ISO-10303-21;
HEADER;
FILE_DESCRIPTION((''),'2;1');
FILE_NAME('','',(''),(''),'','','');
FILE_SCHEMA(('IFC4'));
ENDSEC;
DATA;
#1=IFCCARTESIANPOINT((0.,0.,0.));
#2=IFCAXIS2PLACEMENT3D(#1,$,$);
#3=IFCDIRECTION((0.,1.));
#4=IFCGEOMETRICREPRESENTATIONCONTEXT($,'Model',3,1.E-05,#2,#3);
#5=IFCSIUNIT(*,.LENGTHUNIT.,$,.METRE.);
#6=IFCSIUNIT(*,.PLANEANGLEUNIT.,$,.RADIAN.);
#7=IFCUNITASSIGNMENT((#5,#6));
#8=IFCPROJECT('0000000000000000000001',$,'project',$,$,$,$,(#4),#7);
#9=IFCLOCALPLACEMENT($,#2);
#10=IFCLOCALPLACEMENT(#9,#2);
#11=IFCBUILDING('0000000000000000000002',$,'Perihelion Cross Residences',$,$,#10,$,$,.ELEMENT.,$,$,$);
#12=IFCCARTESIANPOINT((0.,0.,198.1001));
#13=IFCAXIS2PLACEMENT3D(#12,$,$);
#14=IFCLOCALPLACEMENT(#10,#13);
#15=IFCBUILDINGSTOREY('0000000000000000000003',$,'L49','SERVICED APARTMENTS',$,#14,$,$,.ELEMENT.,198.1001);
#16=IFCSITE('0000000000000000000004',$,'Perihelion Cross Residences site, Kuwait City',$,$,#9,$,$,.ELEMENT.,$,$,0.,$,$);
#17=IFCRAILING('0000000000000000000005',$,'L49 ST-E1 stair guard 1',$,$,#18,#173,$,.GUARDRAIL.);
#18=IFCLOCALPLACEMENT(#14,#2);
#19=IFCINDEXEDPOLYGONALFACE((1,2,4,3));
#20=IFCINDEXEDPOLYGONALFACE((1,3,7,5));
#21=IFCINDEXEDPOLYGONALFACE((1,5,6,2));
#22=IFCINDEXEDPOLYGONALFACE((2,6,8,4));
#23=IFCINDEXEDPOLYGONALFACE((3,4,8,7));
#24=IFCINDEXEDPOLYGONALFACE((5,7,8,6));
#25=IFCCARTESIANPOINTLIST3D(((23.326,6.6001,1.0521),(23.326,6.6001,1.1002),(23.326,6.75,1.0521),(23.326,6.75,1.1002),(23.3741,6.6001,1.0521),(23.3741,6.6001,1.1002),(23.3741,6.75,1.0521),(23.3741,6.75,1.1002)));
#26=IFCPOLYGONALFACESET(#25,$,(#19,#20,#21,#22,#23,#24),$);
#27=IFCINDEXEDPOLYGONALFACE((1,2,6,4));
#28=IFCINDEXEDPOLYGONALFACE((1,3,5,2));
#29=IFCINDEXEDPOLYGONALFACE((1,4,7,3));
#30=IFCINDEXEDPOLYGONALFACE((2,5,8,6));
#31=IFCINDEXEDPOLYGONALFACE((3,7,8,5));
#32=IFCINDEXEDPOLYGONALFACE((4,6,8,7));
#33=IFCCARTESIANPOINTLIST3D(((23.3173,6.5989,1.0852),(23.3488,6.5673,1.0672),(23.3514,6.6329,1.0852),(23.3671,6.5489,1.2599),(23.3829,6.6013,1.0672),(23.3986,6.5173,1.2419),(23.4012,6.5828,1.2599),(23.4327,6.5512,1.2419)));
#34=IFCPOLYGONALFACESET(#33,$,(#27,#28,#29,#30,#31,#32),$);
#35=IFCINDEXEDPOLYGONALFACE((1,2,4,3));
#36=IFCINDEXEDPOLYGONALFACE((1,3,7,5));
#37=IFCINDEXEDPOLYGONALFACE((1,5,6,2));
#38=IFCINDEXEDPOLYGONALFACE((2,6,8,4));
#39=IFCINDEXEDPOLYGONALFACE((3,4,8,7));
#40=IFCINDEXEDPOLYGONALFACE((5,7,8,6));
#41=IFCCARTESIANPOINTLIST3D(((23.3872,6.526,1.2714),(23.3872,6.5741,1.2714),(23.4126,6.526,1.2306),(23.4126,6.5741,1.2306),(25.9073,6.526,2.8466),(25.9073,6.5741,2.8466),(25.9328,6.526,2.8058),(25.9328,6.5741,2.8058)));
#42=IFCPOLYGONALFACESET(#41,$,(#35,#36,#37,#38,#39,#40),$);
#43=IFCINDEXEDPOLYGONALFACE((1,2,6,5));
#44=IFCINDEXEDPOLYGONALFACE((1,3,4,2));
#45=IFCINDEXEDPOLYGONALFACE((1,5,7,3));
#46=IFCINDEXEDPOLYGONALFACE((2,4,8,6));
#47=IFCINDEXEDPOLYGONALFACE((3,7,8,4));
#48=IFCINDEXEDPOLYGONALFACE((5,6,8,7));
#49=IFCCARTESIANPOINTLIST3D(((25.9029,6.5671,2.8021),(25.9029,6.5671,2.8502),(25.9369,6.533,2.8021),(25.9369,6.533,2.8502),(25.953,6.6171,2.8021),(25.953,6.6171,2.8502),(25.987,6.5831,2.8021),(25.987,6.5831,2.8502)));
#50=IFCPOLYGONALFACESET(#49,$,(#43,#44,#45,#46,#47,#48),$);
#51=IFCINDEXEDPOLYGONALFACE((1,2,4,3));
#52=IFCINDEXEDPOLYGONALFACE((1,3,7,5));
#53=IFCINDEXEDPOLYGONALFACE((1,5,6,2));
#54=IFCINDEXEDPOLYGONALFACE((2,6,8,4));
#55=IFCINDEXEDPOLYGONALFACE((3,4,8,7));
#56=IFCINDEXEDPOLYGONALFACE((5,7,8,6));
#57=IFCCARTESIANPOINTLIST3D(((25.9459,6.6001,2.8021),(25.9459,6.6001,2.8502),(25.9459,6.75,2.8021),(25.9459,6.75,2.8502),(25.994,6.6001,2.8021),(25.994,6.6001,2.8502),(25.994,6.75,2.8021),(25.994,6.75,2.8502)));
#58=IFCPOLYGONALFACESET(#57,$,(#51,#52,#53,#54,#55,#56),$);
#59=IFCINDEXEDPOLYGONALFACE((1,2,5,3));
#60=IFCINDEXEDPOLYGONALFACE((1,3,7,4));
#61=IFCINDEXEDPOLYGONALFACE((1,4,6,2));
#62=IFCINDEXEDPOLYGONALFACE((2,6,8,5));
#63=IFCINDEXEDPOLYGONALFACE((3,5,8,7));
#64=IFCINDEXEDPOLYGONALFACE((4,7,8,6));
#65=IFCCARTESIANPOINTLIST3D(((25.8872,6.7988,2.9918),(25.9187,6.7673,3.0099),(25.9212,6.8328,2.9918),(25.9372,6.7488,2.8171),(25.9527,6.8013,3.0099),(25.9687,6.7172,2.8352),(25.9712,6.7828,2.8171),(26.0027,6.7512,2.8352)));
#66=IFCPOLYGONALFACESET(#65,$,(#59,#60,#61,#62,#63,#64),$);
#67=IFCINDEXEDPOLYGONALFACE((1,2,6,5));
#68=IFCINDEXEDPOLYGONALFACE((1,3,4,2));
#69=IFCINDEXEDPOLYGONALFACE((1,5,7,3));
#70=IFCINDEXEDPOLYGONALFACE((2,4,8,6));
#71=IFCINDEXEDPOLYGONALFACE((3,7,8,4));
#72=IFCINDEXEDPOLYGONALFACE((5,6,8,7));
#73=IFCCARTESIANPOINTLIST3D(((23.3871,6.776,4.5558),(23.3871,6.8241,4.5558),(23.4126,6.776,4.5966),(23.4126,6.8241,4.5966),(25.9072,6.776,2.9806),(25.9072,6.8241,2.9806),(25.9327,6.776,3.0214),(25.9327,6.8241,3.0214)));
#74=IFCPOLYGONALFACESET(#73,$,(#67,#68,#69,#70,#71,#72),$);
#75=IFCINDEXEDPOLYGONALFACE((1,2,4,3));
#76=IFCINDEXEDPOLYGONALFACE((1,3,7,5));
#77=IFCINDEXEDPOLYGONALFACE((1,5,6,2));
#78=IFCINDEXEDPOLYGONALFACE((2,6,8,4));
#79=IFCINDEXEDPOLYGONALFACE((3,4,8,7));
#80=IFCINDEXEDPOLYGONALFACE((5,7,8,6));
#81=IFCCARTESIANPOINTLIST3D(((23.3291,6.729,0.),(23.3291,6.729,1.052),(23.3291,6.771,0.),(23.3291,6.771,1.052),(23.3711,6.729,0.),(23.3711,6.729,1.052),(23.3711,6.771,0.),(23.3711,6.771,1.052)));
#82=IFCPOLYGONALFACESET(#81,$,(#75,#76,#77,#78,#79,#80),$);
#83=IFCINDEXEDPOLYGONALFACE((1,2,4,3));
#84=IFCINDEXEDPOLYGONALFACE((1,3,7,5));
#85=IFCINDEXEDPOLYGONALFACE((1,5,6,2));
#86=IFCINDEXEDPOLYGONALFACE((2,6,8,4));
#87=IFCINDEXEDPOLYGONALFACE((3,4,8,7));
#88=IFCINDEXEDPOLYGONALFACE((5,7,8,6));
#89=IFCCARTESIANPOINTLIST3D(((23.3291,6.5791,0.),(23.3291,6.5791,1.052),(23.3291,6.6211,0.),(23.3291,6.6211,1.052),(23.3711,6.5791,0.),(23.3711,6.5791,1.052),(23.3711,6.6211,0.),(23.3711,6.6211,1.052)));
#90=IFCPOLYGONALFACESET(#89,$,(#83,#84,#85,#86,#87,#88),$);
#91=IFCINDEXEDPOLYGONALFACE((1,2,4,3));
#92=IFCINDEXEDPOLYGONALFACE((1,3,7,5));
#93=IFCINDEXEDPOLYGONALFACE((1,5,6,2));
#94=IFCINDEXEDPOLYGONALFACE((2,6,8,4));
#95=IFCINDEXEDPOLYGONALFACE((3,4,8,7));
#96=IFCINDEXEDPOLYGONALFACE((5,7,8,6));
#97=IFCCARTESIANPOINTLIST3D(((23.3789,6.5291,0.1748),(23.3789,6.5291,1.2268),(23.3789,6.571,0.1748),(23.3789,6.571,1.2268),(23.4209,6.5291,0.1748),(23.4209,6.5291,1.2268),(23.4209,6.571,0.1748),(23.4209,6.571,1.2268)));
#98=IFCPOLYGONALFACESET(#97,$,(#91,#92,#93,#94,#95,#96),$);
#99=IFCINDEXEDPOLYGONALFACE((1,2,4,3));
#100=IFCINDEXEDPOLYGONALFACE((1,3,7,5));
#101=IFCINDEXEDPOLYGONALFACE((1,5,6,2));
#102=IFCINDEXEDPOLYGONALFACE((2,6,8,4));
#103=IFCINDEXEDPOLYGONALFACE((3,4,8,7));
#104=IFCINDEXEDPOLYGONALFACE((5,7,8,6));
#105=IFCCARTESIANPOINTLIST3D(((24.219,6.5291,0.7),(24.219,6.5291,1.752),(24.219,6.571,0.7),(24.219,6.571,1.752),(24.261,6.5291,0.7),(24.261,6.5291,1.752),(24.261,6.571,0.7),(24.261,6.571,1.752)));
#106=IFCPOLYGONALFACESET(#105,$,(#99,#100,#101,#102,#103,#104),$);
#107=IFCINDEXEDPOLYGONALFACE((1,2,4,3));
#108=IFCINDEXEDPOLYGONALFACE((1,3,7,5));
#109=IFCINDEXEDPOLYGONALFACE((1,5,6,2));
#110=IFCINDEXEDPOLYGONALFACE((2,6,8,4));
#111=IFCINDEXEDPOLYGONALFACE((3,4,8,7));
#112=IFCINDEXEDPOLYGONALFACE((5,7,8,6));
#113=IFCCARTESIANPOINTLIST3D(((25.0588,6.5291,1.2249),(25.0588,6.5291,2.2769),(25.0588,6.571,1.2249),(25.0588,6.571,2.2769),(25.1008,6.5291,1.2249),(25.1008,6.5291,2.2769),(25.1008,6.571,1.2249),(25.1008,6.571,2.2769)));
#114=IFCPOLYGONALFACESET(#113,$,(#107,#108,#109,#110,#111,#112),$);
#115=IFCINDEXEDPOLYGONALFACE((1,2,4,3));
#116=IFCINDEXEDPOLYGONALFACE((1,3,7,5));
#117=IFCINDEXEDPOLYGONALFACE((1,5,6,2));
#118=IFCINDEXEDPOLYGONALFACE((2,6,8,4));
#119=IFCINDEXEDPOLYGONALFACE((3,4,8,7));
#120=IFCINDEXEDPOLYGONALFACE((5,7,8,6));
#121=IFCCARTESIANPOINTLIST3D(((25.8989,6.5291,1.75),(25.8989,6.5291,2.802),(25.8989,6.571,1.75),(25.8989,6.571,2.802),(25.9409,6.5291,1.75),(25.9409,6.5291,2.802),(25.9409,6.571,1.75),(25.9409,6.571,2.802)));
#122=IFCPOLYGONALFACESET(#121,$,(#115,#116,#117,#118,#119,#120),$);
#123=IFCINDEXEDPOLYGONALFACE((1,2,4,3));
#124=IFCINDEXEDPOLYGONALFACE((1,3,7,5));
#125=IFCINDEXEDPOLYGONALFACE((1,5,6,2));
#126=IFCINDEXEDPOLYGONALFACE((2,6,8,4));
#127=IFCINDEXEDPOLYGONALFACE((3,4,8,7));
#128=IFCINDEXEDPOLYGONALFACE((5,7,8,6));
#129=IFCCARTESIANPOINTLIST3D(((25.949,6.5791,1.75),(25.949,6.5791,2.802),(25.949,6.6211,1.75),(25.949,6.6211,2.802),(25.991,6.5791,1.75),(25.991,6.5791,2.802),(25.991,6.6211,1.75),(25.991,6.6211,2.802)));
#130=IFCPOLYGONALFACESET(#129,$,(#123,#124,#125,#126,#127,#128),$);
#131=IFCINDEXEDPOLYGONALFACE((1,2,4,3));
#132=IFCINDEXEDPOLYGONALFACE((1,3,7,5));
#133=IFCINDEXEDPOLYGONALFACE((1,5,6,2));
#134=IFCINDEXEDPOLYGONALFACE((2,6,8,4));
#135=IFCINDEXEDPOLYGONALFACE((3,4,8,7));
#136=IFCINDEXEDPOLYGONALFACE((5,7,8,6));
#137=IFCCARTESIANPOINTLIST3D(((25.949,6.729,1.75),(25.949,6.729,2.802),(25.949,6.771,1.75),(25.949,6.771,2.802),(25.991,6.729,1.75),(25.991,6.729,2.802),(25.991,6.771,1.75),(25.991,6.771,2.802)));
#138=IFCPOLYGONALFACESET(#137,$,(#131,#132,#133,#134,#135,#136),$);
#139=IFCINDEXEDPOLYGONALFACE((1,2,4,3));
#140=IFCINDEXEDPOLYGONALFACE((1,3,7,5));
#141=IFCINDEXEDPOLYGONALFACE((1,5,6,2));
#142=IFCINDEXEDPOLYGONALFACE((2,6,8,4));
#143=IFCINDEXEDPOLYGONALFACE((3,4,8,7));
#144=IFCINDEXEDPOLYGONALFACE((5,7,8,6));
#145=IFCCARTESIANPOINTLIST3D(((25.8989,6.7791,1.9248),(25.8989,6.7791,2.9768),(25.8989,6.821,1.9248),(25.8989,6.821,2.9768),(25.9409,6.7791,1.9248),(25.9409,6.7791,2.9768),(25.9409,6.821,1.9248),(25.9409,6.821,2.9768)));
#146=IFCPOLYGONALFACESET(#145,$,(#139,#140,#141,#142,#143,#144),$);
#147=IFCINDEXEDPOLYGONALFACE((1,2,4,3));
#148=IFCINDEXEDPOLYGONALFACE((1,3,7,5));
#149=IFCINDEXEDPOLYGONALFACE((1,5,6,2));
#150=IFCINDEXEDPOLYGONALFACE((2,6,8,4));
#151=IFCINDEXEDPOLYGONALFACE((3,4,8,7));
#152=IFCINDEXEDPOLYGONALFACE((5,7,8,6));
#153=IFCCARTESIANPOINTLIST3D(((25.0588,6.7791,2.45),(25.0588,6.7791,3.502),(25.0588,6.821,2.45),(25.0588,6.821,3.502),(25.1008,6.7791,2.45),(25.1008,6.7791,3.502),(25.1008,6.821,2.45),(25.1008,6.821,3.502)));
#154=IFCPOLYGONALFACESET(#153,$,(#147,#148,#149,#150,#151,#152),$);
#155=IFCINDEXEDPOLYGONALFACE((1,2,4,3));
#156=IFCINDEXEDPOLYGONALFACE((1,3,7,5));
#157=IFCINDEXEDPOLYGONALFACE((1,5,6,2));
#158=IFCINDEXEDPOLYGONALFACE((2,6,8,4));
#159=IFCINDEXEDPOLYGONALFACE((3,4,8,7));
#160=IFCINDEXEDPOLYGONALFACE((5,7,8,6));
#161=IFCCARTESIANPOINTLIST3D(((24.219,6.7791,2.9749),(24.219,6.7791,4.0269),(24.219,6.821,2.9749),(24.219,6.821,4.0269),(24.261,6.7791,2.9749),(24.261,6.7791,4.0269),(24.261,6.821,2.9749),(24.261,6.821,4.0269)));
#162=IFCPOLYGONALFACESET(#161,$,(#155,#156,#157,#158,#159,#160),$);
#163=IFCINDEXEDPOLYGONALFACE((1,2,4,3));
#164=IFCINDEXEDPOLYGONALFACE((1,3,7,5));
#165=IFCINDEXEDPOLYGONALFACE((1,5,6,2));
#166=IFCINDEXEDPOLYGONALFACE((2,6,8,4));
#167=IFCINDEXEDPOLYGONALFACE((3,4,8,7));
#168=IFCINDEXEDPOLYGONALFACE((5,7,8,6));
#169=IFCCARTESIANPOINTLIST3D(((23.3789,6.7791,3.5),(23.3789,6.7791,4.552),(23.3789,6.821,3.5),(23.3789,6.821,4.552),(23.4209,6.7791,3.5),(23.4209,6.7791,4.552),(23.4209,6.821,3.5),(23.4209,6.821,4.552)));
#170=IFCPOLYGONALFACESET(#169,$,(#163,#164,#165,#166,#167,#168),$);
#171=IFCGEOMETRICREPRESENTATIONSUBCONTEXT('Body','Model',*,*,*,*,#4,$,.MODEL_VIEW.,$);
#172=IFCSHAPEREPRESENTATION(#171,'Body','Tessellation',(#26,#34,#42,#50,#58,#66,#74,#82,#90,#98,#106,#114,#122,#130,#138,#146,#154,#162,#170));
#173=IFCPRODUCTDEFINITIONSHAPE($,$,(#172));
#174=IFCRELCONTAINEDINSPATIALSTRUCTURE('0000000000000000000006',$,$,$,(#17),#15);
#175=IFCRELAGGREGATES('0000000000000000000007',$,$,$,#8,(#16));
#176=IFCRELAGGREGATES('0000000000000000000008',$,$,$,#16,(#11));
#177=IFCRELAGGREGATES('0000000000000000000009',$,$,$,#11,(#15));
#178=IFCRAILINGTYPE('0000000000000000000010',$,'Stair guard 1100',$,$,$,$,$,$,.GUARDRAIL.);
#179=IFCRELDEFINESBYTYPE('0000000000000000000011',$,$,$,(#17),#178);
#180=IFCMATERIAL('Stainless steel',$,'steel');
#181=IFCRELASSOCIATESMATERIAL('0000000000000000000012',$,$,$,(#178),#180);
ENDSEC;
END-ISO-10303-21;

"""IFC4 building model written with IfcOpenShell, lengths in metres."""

from ifc_helpers import new_model, si_unit, direction, frame, origin, origin_2d, place, context, subcontext, project, spatial, rectangle, extrude, material, type_object, element, save


model = new_model("IFC4")

# Units and contexts
model_context = context("Model", 3, precision=1e-05, world=origin(), true_north=direction((0.0, 1.0)))
body_context = subcontext(model_context, "Body", "Model", "MODEL_VIEW")
ifc_project = project(units=[si_unit("LENGTHUNIT", "METRE"), si_unit("PLANEANGLEUNIT", "RADIAN")], contexts=[model_context])

# Site, building, storey
site_placement = place(None, origin())
site = spatial("IfcSite", under=ifc_project, at=site_placement, Name="Perihelion Cross Residences site, Kuwait City", CompositionType="ELEMENT", RefElevation=0.0)
building_placement = place(site_placement, origin())
building = spatial("IfcBuilding", under=site, at=building_placement, Name="Perihelion Cross Residences", CompositionType="ELEMENT")
storey_placement = place(building_placement, frame((0.0, 0.0, 198.1001)))
storey = spatial("IfcBuildingStorey", under=building, at=storey_placement, Name="L49", Description="SERVICED APARTMENTS", CompositionType="ELEMENT", Elevation=198.1001)

# Railing
ifc_material_1 = material(Name="Stainless steel", Category="steel")
railing_type_1 = type_object("IfcRailingType", Name="Stair guard 1100", PredefinedType="GUARDRAIL", material=ifc_material_1)
railing_1_placement = place(storey_placement, frame((23.3501, 6.75, 0.0)))
element("IfcRailing", 1, at=railing_1_placement, inside=storey, type_object=railing_type_1, Name="L49 ST-E1 stair guard 1", PredefinedType="GUARDRAIL", context=body_context, shape_type="SweptSolid", body=[
    extrude(rectangle(XDim=0.0481, YDim=0.0481, at=origin_2d()), frame((0.0, 0.0, 1.0762), z_axis=(0.0, -1.0, 0.0), x_axis=(1.0, 0.0, 0.0)), (0.0, 0.0, 1.0), 0.1499),
    extrude(rectangle(XDim=0.0481, YDim=0.0481, at=origin_2d()), frame((0.0, -0.1499, 1.0762), z_axis=(0.264179, -0.265474, 0.927218), x_axis=(0.708834, 0.705376, 0.0)), (0.0, 0.0, 1.0), 0.1885),
    extrude(rectangle(XDim=0.0481, YDim=0.0481, at=origin_2d()), frame((0.0498, -0.2, 1.251), z_axis=(0.847971, 0.0, 0.530043), x_axis=(0.0, 1.0, 0.0)), (0.0, 0.0, 1.0), 2.9719),
    extrude(rectangle(XDim=0.0481, YDim=0.0481, at=origin_2d()), frame((2.5698, -0.2, 2.8262), z_axis=(0.707107, 0.707107, 0.0), x_axis=(-0.707107, 0.707107, 0.0)), (0.0, 0.0, 1.0), 0.0708),
    extrude(rectangle(XDim=0.0481, YDim=0.0481, at=origin_2d()), frame((2.6199, -0.1499, 2.8262), z_axis=(0.0, 1.0, 0.0), x_axis=(-1.0, 0.0, 0.0)), (0.0, 0.0, 1.0), 0.1499),
    extrude(rectangle(XDim=0.0481, YDim=0.0481, at=origin_2d()), frame((2.6199, 0.0, 2.8262), z_axis=(-0.265383, 0.265383, 0.9269), x_axis=(-0.707107, -0.707107, 0.0)), (0.0, 0.0, 1.0), 0.1885),
    extrude(rectangle(XDim=0.0481, YDim=0.0481, at=origin_2d()), frame((2.5698, 0.05, 3.001), z_axis=(-0.847971, 0.0, 0.530043), x_axis=(0.0, -1.0, 0.0)), (0.0, 0.0, 1.0), 2.9719),
    extrude(rectangle(XDim=0.042, YDim=0.042, at=origin_2d()), origin(), (0.0, 0.0, 1.0), 1.052),
    extrude(rectangle(XDim=0.042, YDim=0.042, at=origin_2d()), frame((0.0, -0.1499, 0.0)), (0.0, 0.0, 1.0), 1.052),
    extrude(rectangle(XDim=0.042, YDim=0.042, at=origin_2d()), frame((0.0498, -0.2, 0.1748)), (0.0, 0.0, 1.0), 1.052),
    extrude(rectangle(XDim=0.042, YDim=0.042, at=origin_2d()), frame((0.8899, -0.2, 0.7)), (0.0, 0.0, 1.0), 1.052),
    extrude(rectangle(XDim=0.042, YDim=0.042, at=origin_2d()), frame((1.7297, -0.2, 1.2249)), (0.0, 0.0, 1.0), 1.052),
    extrude(rectangle(XDim=0.042, YDim=0.042, at=origin_2d()), frame((2.5698, -0.2, 1.75)), (0.0, 0.0, 1.0), 1.052),
    extrude(rectangle(XDim=0.042, YDim=0.042, at=origin_2d()), frame((2.6199, -0.1499, 1.75)), (0.0, 0.0, 1.0), 1.052),
    extrude(rectangle(XDim=0.042, YDim=0.042, at=origin_2d()), frame((2.6199, 0.0, 1.75)), (0.0, 0.0, 1.0), 1.052),
    extrude(rectangle(XDim=0.042, YDim=0.042, at=origin_2d()), frame((2.5698, 0.05, 1.9248)), (0.0, 0.0, 1.0), 1.052),
    extrude(rectangle(XDim=0.042, YDim=0.042, at=origin_2d()), frame((1.7297, 0.05, 2.45)), (0.0, 0.0, 1.0), 1.052),
    extrude(rectangle(XDim=0.042, YDim=0.042, at=origin_2d()), frame((0.8899, 0.05, 2.9749)), (0.0, 0.0, 1.0), 1.052),
    extrude(rectangle(XDim=0.042, YDim=0.042, at=origin_2d()), frame((0.0498, 0.05, 3.5)), (0.0, 0.0, 1.0), 1.052),
])

save(model, "model.ifc")
